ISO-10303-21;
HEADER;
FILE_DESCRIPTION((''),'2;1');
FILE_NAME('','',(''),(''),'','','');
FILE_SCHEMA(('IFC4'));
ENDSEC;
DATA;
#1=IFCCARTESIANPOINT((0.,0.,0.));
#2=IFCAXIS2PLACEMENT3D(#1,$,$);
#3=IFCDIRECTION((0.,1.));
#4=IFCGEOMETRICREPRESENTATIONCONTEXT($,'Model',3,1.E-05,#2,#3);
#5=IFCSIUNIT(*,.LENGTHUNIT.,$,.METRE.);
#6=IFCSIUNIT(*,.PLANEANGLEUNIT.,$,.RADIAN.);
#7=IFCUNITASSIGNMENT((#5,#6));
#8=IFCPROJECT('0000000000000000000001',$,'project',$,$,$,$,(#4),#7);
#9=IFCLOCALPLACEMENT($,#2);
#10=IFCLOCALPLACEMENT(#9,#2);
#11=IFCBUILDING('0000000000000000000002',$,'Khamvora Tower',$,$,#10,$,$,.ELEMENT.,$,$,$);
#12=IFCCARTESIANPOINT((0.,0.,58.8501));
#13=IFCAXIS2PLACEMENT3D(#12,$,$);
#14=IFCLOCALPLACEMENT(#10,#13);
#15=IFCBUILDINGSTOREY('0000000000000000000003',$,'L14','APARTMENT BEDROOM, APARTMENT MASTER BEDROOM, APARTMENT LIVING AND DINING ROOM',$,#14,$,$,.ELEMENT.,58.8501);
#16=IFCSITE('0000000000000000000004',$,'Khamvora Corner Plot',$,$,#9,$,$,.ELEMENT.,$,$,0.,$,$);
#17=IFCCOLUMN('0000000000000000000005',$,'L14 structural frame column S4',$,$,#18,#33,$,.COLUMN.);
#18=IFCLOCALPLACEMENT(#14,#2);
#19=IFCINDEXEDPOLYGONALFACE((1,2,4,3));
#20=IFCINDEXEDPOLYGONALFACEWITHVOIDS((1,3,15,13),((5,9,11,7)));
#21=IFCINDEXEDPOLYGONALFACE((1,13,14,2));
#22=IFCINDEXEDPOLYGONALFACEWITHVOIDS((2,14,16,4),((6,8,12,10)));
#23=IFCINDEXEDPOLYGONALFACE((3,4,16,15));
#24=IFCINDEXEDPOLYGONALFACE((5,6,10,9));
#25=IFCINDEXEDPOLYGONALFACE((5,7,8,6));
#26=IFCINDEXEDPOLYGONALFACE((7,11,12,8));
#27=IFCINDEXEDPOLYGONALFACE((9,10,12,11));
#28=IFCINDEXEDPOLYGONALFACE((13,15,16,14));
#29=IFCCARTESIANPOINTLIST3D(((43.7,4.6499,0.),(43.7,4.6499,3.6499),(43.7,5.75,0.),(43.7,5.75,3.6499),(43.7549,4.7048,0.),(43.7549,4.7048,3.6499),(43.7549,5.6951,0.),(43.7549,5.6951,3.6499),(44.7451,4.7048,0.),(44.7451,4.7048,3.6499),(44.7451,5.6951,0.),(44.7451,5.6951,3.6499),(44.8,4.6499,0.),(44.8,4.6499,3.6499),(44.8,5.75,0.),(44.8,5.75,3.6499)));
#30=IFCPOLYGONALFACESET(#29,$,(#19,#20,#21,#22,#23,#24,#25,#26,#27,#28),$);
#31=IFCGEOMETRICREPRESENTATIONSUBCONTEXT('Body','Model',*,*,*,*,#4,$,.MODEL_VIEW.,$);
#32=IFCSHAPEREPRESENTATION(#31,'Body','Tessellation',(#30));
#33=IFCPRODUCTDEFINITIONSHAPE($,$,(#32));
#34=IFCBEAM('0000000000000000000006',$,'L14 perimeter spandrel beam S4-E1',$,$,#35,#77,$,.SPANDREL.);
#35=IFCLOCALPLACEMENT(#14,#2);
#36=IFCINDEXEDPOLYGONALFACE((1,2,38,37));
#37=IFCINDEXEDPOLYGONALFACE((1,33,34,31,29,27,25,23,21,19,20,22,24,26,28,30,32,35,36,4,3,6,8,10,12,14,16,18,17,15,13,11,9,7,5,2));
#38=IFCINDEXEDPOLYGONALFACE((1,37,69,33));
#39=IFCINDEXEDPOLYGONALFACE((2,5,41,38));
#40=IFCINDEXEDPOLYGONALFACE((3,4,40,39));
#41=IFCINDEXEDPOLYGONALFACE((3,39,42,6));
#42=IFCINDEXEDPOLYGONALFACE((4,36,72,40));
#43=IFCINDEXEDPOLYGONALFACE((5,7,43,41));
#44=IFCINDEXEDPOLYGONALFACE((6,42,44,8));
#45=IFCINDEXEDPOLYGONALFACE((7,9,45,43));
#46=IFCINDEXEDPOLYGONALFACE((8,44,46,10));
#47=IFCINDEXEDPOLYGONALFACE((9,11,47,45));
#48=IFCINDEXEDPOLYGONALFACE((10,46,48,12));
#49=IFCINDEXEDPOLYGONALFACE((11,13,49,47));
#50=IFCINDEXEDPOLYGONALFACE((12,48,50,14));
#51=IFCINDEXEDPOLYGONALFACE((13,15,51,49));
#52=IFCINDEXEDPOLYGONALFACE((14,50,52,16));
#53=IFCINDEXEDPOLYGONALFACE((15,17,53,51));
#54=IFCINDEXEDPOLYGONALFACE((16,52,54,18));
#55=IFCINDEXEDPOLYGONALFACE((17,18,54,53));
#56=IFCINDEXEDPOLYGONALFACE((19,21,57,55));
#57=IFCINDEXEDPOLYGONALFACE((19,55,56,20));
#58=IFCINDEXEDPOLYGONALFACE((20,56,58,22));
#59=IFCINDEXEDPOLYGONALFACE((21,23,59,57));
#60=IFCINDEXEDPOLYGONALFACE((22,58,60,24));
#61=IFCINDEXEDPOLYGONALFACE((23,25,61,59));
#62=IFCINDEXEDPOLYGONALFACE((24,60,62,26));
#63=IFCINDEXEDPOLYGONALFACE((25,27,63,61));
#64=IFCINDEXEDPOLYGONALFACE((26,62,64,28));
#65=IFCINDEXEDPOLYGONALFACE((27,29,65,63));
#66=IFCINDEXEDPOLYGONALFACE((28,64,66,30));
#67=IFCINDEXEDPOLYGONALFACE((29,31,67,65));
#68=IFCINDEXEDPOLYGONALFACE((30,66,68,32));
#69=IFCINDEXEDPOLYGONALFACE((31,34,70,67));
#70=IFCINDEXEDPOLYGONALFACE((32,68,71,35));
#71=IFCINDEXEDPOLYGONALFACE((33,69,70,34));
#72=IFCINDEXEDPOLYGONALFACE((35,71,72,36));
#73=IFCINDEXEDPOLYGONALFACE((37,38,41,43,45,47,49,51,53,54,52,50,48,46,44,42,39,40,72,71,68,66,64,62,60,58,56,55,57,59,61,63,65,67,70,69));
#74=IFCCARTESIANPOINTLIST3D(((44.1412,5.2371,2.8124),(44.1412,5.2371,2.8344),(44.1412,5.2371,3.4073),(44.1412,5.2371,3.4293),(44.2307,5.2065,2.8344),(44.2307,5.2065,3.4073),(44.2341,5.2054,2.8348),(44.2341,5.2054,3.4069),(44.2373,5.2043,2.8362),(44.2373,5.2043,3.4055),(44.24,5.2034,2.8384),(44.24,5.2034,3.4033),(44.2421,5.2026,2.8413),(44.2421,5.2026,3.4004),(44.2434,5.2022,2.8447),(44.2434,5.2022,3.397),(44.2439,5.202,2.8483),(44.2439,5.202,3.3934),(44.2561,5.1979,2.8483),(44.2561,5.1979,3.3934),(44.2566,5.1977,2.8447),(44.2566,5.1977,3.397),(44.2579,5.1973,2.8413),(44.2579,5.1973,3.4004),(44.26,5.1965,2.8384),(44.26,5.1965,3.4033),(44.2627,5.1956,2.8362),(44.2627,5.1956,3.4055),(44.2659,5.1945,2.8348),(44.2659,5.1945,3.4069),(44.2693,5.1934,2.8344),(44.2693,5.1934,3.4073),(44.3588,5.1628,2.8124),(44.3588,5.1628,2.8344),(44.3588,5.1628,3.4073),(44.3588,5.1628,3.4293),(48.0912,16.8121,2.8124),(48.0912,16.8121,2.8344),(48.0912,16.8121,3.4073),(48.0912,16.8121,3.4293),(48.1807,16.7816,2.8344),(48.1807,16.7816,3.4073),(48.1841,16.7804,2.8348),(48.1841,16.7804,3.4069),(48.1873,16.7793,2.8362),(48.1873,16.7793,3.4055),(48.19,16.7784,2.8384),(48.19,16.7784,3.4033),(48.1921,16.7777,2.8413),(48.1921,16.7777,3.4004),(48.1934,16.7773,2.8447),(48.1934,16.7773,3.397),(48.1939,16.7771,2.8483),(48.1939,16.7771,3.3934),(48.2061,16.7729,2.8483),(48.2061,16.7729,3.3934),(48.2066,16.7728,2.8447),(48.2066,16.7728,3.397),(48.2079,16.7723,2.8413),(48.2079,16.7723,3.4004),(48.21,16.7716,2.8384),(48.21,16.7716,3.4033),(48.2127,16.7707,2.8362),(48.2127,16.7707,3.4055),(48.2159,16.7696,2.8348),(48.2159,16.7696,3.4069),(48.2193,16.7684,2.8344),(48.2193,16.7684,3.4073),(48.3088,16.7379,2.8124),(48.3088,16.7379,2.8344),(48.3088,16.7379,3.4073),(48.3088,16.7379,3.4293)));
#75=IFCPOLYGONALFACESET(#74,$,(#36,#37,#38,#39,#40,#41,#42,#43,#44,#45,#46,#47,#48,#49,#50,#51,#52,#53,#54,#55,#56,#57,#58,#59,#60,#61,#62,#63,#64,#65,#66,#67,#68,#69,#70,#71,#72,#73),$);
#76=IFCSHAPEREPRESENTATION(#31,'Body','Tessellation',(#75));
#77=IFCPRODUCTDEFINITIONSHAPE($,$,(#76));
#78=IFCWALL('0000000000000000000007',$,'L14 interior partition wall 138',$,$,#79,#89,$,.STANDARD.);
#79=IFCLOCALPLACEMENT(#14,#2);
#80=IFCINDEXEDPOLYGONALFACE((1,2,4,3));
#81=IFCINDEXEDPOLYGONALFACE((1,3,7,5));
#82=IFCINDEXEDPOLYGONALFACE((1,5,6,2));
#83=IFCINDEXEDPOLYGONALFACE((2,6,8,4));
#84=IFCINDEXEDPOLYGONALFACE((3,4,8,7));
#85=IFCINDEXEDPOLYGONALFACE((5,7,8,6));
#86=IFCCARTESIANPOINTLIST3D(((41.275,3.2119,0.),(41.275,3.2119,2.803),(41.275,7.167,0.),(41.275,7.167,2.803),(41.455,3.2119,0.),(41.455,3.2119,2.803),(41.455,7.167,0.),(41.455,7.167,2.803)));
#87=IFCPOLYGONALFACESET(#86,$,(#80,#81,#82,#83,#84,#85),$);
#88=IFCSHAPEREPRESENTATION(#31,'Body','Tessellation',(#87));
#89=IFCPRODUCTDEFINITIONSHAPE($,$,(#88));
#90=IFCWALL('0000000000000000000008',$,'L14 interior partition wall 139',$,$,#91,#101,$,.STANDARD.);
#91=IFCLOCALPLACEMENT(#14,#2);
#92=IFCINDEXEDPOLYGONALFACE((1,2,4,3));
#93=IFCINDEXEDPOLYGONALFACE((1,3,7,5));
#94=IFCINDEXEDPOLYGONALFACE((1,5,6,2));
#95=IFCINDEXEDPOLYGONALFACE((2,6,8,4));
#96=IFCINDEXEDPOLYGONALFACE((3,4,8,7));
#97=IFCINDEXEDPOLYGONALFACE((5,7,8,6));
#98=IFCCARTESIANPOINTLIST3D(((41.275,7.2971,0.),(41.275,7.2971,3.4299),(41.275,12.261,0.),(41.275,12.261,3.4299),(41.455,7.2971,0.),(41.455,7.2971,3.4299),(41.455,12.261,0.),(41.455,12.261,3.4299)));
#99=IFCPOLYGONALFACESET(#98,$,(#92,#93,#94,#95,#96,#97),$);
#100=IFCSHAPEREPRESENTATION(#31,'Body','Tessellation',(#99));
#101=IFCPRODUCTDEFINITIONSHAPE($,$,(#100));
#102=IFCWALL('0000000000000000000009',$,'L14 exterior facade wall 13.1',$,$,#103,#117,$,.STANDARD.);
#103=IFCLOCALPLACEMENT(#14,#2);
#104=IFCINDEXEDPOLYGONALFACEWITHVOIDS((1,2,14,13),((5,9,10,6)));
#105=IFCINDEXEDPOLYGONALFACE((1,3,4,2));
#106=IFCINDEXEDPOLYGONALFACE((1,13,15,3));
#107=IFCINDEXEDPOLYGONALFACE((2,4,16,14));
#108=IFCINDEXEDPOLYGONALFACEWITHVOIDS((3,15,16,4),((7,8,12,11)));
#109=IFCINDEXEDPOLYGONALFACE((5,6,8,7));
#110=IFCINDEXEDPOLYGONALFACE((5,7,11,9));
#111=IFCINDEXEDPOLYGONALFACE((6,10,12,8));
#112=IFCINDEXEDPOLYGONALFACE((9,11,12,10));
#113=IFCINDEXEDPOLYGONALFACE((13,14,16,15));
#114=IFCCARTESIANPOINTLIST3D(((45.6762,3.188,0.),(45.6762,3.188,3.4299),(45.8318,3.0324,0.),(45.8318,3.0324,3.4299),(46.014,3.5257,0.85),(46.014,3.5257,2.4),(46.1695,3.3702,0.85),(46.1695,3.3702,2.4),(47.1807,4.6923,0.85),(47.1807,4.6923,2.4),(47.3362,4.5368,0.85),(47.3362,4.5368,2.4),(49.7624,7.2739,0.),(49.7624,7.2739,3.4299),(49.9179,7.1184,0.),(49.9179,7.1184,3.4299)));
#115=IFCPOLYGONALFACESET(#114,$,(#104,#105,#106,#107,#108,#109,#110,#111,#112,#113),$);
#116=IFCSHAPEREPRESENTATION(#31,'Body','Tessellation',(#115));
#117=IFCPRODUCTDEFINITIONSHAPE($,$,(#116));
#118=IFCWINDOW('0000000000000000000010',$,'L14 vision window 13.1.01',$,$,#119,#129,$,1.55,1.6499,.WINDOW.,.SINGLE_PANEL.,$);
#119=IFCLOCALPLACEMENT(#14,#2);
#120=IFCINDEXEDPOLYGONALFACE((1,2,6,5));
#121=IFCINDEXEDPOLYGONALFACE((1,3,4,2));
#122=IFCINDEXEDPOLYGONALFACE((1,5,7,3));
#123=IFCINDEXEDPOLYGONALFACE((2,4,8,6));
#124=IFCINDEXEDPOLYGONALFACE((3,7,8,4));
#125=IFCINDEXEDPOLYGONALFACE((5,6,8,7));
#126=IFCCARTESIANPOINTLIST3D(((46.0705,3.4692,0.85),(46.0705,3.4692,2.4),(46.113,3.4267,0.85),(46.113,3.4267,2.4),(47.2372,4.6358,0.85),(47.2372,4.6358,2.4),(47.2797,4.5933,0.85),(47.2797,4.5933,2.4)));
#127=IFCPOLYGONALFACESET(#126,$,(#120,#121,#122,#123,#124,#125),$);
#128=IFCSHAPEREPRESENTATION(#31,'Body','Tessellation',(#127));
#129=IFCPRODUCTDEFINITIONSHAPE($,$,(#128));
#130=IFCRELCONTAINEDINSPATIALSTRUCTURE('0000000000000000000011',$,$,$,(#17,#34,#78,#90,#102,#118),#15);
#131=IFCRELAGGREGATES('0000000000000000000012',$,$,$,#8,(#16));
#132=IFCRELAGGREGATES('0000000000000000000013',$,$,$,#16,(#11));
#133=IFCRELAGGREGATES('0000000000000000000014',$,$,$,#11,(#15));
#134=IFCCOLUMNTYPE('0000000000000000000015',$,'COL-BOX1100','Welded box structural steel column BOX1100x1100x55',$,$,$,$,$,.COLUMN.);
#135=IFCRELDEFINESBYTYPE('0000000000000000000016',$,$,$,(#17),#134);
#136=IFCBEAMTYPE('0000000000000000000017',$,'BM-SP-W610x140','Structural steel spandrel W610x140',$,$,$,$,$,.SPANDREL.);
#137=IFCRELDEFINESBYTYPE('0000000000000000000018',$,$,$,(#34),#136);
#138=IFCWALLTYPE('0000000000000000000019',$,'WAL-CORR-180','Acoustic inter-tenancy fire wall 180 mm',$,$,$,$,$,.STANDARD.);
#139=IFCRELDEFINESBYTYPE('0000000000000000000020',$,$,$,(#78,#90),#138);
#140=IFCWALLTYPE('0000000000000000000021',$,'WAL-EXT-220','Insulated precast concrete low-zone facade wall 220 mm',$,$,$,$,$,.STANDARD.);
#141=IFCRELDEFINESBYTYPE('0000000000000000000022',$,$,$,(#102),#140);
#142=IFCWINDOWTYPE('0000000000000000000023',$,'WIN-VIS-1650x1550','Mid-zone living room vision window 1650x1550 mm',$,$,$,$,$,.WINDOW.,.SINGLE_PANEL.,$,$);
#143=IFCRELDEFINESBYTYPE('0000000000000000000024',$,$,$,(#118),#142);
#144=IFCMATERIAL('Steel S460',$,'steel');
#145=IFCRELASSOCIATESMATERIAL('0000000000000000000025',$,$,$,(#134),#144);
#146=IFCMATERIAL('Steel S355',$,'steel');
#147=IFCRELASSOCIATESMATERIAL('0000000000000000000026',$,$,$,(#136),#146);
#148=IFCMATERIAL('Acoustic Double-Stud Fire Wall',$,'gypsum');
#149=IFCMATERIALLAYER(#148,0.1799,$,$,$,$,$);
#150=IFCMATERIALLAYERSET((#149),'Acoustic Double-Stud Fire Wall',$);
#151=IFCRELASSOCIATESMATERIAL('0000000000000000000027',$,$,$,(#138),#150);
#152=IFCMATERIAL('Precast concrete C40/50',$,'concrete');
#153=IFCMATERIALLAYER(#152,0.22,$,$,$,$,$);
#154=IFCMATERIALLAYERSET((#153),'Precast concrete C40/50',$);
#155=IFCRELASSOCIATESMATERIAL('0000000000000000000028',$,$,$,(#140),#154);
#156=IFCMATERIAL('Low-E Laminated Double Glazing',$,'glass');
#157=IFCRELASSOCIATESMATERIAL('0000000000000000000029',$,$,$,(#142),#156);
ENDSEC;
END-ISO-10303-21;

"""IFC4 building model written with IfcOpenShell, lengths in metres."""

from ifc_helpers import new_model, si_unit, direction, frame, frame_2d, origin, origin_2d, place, context, subcontext, project, spatial, rectangle, hollow_rectangle, i_section, extrude, material, layer, layer_set, material_profile, profile_set, type_object, element, fill, save


model = new_model("IFC4")

# Units and contexts
model_context = context("Model", 3, precision=1e-05, world=origin(), true_north=direction((0.0, 1.0)))
body_context = subcontext(model_context, "Body", "Model", "MODEL_VIEW")
ifc_project = project(units=[si_unit("LENGTHUNIT", "METRE"), si_unit("PLANEANGLEUNIT", "RADIAN")], contexts=[model_context])

# Site, building, storey
site_placement = place(None, origin())
site = spatial("IfcSite", under=ifc_project, at=site_placement, Name="Khamvora Corner Plot", CompositionType="ELEMENT", RefElevation=0.0)
building_placement = place(site_placement, origin())
building = spatial("IfcBuilding", under=site, at=building_placement, Name="Khamvora Tower", CompositionType="ELEMENT")
storey_placement = place(building_placement, frame((0.0, 0.0, 58.8501)))
storey = spatial("IfcBuildingStorey", under=building, at=storey_placement, Name="L14", Description="APARTMENT BEDROOM, APARTMENT MASTER BEDROOM, APARTMENT LIVING AND DINING ROOM", CompositionType="ELEMENT", Elevation=58.8501)

# Column
ifc_material_1 = material(Name="Steel S460", Category="steel")
ifc_material_profile_1 = material_profile(ifc_material_1, hollow_rectangle(XDim=1.1001, YDim=1.1001, WallThickness=0.0549, at=origin_2d()), Name="BOX1100x1100x55")
ifc_profile_set_1 = profile_set([ifc_material_profile_1], Name="Steel S460")
column_type = type_object("IfcColumnType", Name="COL-BOX1100", Description="Welded box structural steel column BOX1100x1100x55", PredefinedType="COLUMN", material=ifc_profile_set_1)
column_placement = place(storey_placement, frame((44.25, 5.2, 0.0), z_axis=(0.0, 0.0, 1.0), x_axis=(1.0, 0.0, 0.0)))
element("IfcColumn", 1, at=column_placement, inside=storey, type_object=column_type, Name="L14 structural frame column S4", PredefinedType="COLUMN", context=body_context, shape_type="SweptSolid", body=[
    extrude(hollow_rectangle(XDim=1.1001, YDim=1.1001, WallThickness=0.0549, at=origin_2d()), origin(), (0.0, 0.0, 1.0), 3.6499),
])

# Beam
ifc_material_2 = material(Name="Steel S355", Category="steel")
ifc_material_profile_2 = material_profile(ifc_material_2, i_section(OverallWidth=0.23, OverallDepth=0.6169, WebThickness=0.0129, FlangeThickness=0.022, FilletRadius=0.0139, at=origin_2d()), Name="W610x140")
ifc_profile_set_2 = profile_set([ifc_material_profile_2], Name="Steel S355")
beam_type = type_object("IfcBeamType", Name="BM-SP-W610x140", Description="Structural steel spandrel W610x140", PredefinedType="SPANDREL", material=ifc_profile_set_2)
beam_placement = place(storey_placement, frame((44.25, 5.2, 3.1208), z_axis=(0.322963, 0.946412, 0.0), x_axis=(-0.946412, 0.322963, 0.0)))
element("IfcBeam", 2, at=beam_placement, inside=storey, type_object=beam_type, Name="L14 perimeter spandrel beam S4-E1", PredefinedType="SPANDREL", context=body_context, shape_type="SweptSolid", body=[
    extrude(i_section(OverallWidth=0.23, OverallDepth=0.6169, WebThickness=0.0129, FlangeThickness=0.022, FilletRadius=0.0139, at=origin_2d()), origin(), (0.0, 0.0, 1.0), 12.2305),
])

# Walls
ifc_material_3 = material(Name="Acoustic Double-Stud Fire Wall", Category="gypsum")
ifc_layer_1 = layer(ifc_material_3, 0.1799)
ifc_layer_set_1 = layer_set([ifc_layer_1], Name="Acoustic Double-Stud Fire Wall")
wall_type_1 = type_object("IfcWallType", Name="WAL-CORR-180", Description="Acoustic inter-tenancy fire wall 180 mm", PredefinedType="STANDARD", material=ifc_layer_set_1)
wall_1_placement = place(storey_placement, frame((41.365, 7.167, 0.0), z_axis=(0.0, 0.0, 1.0), x_axis=(0.0, -1.0, 0.0)))
element("IfcWall", 3, at=wall_1_placement, inside=storey, type_object=wall_type_1, Name="L14 interior partition wall 138", PredefinedType="STANDARD", context=body_context, shape_type="SweptSolid", body=[
    extrude(rectangle(XDim=3.9551, YDim=0.1799, at=frame_2d((1.9775, 0.0))), origin(), (0.0, 0.0, 1.0), 2.803),
])
wall_2_placement = place(storey_placement, frame((41.365, 12.261, 0.0), z_axis=(0.0, 0.0, 1.0), x_axis=(0.0, -1.0, 0.0)))
element("IfcWall", 4, at=wall_2_placement, inside=storey, type_object=wall_type_1, Name="L14 interior partition wall 139", PredefinedType="STANDARD", context=body_context, shape_type="SweptSolid", body=[
    extrude(rectangle(XDim=4.9639, YDim=0.1799, at=frame_2d((2.4819, 0.0))), origin(), (0.0, 0.0, 1.0), 3.4299),
])

# Wall, opening, window
ifc_material_4 = material(Name="Precast concrete C40/50", Category="concrete")
ifc_layer_2 = layer(ifc_material_4, 0.22)
ifc_layer_set_2 = layer_set([ifc_layer_2], Name="Precast concrete C40/50")
wall_type_2 = type_object("IfcWallType", Name="WAL-EXT-220", Description="Insulated precast concrete low-zone facade wall 220 mm", PredefinedType="STANDARD", material=ifc_layer_set_2)
wall_3_placement = place(storey_placement, frame((49.8401, 7.196, 0.0), z_axis=(0.0, 0.0, 1.0), x_axis=(-0.707128, -0.707086, 0.0)))
wall_3 = element("IfcWall", 5, at=wall_3_placement, inside=storey, type_object=wall_type_2, Name="L14 exterior facade wall 13.1", PredefinedType="STANDARD", context=body_context, shape_type="SweptSolid", body=[
    extrude(rectangle(XDim=5.7786, YDim=0.22, at=frame_2d((2.8892, 0.0))), origin(), (0.0, 0.0, 1.0), 3.4299),
])
opening_1_placement = place(wall_3_placement, frame((3.6509, 0.0, 0.8501)))
opening_1 = element("IfcOpeningElement", 6, at=opening_1_placement, cuts=wall_3, PredefinedType="OPENING", context=body_context, shape_type="SweptSolid", body=[
    extrude(rectangle(XDim=1.6499, YDim=1.55, at=frame_2d((0.825, 0.7749))), frame((0.0, 0.1199, 0.0), z_axis=(0.0, -1.0, 0.0), x_axis=(1.0, 0.0, 0.0)), (0.0, 0.0, 1.0), 0.24),
])
ifc_material_5 = material(Name="Low-E Laminated Double Glazing", Category="glass")
window_type_1 = type_object("IfcWindowType", Name="WIN-VIS-1650x1550", Description="Mid-zone living room vision window 1650x1550 mm", PartitioningType="SINGLE_PANEL", PredefinedType="WINDOW", material=ifc_material_5)
window_1_placement = place(opening_1_placement, origin())
window_1 = element("IfcWindow", 7, at=window_1_placement, inside=storey, type_object=window_type_1, Name="L14 vision window 13.1.01", OverallHeight=1.55, OverallWidth=1.6499, PartitioningType="SINGLE_PANEL", PredefinedType="WINDOW", context=body_context, shape_type="SweptSolid", body=[
    extrude(rectangle(XDim=1.6499, YDim=1.55, at=frame_2d((0.825, 0.7749))), frame((0.0, 0.03, 0.0), z_axis=(0.0, -1.0, 0.0), x_axis=(1.0, 0.0, 0.0)), (0.0, 0.0, 1.0), 0.0601),
])
fill(opening_1, window_1)

save(model, "model.ifc")
